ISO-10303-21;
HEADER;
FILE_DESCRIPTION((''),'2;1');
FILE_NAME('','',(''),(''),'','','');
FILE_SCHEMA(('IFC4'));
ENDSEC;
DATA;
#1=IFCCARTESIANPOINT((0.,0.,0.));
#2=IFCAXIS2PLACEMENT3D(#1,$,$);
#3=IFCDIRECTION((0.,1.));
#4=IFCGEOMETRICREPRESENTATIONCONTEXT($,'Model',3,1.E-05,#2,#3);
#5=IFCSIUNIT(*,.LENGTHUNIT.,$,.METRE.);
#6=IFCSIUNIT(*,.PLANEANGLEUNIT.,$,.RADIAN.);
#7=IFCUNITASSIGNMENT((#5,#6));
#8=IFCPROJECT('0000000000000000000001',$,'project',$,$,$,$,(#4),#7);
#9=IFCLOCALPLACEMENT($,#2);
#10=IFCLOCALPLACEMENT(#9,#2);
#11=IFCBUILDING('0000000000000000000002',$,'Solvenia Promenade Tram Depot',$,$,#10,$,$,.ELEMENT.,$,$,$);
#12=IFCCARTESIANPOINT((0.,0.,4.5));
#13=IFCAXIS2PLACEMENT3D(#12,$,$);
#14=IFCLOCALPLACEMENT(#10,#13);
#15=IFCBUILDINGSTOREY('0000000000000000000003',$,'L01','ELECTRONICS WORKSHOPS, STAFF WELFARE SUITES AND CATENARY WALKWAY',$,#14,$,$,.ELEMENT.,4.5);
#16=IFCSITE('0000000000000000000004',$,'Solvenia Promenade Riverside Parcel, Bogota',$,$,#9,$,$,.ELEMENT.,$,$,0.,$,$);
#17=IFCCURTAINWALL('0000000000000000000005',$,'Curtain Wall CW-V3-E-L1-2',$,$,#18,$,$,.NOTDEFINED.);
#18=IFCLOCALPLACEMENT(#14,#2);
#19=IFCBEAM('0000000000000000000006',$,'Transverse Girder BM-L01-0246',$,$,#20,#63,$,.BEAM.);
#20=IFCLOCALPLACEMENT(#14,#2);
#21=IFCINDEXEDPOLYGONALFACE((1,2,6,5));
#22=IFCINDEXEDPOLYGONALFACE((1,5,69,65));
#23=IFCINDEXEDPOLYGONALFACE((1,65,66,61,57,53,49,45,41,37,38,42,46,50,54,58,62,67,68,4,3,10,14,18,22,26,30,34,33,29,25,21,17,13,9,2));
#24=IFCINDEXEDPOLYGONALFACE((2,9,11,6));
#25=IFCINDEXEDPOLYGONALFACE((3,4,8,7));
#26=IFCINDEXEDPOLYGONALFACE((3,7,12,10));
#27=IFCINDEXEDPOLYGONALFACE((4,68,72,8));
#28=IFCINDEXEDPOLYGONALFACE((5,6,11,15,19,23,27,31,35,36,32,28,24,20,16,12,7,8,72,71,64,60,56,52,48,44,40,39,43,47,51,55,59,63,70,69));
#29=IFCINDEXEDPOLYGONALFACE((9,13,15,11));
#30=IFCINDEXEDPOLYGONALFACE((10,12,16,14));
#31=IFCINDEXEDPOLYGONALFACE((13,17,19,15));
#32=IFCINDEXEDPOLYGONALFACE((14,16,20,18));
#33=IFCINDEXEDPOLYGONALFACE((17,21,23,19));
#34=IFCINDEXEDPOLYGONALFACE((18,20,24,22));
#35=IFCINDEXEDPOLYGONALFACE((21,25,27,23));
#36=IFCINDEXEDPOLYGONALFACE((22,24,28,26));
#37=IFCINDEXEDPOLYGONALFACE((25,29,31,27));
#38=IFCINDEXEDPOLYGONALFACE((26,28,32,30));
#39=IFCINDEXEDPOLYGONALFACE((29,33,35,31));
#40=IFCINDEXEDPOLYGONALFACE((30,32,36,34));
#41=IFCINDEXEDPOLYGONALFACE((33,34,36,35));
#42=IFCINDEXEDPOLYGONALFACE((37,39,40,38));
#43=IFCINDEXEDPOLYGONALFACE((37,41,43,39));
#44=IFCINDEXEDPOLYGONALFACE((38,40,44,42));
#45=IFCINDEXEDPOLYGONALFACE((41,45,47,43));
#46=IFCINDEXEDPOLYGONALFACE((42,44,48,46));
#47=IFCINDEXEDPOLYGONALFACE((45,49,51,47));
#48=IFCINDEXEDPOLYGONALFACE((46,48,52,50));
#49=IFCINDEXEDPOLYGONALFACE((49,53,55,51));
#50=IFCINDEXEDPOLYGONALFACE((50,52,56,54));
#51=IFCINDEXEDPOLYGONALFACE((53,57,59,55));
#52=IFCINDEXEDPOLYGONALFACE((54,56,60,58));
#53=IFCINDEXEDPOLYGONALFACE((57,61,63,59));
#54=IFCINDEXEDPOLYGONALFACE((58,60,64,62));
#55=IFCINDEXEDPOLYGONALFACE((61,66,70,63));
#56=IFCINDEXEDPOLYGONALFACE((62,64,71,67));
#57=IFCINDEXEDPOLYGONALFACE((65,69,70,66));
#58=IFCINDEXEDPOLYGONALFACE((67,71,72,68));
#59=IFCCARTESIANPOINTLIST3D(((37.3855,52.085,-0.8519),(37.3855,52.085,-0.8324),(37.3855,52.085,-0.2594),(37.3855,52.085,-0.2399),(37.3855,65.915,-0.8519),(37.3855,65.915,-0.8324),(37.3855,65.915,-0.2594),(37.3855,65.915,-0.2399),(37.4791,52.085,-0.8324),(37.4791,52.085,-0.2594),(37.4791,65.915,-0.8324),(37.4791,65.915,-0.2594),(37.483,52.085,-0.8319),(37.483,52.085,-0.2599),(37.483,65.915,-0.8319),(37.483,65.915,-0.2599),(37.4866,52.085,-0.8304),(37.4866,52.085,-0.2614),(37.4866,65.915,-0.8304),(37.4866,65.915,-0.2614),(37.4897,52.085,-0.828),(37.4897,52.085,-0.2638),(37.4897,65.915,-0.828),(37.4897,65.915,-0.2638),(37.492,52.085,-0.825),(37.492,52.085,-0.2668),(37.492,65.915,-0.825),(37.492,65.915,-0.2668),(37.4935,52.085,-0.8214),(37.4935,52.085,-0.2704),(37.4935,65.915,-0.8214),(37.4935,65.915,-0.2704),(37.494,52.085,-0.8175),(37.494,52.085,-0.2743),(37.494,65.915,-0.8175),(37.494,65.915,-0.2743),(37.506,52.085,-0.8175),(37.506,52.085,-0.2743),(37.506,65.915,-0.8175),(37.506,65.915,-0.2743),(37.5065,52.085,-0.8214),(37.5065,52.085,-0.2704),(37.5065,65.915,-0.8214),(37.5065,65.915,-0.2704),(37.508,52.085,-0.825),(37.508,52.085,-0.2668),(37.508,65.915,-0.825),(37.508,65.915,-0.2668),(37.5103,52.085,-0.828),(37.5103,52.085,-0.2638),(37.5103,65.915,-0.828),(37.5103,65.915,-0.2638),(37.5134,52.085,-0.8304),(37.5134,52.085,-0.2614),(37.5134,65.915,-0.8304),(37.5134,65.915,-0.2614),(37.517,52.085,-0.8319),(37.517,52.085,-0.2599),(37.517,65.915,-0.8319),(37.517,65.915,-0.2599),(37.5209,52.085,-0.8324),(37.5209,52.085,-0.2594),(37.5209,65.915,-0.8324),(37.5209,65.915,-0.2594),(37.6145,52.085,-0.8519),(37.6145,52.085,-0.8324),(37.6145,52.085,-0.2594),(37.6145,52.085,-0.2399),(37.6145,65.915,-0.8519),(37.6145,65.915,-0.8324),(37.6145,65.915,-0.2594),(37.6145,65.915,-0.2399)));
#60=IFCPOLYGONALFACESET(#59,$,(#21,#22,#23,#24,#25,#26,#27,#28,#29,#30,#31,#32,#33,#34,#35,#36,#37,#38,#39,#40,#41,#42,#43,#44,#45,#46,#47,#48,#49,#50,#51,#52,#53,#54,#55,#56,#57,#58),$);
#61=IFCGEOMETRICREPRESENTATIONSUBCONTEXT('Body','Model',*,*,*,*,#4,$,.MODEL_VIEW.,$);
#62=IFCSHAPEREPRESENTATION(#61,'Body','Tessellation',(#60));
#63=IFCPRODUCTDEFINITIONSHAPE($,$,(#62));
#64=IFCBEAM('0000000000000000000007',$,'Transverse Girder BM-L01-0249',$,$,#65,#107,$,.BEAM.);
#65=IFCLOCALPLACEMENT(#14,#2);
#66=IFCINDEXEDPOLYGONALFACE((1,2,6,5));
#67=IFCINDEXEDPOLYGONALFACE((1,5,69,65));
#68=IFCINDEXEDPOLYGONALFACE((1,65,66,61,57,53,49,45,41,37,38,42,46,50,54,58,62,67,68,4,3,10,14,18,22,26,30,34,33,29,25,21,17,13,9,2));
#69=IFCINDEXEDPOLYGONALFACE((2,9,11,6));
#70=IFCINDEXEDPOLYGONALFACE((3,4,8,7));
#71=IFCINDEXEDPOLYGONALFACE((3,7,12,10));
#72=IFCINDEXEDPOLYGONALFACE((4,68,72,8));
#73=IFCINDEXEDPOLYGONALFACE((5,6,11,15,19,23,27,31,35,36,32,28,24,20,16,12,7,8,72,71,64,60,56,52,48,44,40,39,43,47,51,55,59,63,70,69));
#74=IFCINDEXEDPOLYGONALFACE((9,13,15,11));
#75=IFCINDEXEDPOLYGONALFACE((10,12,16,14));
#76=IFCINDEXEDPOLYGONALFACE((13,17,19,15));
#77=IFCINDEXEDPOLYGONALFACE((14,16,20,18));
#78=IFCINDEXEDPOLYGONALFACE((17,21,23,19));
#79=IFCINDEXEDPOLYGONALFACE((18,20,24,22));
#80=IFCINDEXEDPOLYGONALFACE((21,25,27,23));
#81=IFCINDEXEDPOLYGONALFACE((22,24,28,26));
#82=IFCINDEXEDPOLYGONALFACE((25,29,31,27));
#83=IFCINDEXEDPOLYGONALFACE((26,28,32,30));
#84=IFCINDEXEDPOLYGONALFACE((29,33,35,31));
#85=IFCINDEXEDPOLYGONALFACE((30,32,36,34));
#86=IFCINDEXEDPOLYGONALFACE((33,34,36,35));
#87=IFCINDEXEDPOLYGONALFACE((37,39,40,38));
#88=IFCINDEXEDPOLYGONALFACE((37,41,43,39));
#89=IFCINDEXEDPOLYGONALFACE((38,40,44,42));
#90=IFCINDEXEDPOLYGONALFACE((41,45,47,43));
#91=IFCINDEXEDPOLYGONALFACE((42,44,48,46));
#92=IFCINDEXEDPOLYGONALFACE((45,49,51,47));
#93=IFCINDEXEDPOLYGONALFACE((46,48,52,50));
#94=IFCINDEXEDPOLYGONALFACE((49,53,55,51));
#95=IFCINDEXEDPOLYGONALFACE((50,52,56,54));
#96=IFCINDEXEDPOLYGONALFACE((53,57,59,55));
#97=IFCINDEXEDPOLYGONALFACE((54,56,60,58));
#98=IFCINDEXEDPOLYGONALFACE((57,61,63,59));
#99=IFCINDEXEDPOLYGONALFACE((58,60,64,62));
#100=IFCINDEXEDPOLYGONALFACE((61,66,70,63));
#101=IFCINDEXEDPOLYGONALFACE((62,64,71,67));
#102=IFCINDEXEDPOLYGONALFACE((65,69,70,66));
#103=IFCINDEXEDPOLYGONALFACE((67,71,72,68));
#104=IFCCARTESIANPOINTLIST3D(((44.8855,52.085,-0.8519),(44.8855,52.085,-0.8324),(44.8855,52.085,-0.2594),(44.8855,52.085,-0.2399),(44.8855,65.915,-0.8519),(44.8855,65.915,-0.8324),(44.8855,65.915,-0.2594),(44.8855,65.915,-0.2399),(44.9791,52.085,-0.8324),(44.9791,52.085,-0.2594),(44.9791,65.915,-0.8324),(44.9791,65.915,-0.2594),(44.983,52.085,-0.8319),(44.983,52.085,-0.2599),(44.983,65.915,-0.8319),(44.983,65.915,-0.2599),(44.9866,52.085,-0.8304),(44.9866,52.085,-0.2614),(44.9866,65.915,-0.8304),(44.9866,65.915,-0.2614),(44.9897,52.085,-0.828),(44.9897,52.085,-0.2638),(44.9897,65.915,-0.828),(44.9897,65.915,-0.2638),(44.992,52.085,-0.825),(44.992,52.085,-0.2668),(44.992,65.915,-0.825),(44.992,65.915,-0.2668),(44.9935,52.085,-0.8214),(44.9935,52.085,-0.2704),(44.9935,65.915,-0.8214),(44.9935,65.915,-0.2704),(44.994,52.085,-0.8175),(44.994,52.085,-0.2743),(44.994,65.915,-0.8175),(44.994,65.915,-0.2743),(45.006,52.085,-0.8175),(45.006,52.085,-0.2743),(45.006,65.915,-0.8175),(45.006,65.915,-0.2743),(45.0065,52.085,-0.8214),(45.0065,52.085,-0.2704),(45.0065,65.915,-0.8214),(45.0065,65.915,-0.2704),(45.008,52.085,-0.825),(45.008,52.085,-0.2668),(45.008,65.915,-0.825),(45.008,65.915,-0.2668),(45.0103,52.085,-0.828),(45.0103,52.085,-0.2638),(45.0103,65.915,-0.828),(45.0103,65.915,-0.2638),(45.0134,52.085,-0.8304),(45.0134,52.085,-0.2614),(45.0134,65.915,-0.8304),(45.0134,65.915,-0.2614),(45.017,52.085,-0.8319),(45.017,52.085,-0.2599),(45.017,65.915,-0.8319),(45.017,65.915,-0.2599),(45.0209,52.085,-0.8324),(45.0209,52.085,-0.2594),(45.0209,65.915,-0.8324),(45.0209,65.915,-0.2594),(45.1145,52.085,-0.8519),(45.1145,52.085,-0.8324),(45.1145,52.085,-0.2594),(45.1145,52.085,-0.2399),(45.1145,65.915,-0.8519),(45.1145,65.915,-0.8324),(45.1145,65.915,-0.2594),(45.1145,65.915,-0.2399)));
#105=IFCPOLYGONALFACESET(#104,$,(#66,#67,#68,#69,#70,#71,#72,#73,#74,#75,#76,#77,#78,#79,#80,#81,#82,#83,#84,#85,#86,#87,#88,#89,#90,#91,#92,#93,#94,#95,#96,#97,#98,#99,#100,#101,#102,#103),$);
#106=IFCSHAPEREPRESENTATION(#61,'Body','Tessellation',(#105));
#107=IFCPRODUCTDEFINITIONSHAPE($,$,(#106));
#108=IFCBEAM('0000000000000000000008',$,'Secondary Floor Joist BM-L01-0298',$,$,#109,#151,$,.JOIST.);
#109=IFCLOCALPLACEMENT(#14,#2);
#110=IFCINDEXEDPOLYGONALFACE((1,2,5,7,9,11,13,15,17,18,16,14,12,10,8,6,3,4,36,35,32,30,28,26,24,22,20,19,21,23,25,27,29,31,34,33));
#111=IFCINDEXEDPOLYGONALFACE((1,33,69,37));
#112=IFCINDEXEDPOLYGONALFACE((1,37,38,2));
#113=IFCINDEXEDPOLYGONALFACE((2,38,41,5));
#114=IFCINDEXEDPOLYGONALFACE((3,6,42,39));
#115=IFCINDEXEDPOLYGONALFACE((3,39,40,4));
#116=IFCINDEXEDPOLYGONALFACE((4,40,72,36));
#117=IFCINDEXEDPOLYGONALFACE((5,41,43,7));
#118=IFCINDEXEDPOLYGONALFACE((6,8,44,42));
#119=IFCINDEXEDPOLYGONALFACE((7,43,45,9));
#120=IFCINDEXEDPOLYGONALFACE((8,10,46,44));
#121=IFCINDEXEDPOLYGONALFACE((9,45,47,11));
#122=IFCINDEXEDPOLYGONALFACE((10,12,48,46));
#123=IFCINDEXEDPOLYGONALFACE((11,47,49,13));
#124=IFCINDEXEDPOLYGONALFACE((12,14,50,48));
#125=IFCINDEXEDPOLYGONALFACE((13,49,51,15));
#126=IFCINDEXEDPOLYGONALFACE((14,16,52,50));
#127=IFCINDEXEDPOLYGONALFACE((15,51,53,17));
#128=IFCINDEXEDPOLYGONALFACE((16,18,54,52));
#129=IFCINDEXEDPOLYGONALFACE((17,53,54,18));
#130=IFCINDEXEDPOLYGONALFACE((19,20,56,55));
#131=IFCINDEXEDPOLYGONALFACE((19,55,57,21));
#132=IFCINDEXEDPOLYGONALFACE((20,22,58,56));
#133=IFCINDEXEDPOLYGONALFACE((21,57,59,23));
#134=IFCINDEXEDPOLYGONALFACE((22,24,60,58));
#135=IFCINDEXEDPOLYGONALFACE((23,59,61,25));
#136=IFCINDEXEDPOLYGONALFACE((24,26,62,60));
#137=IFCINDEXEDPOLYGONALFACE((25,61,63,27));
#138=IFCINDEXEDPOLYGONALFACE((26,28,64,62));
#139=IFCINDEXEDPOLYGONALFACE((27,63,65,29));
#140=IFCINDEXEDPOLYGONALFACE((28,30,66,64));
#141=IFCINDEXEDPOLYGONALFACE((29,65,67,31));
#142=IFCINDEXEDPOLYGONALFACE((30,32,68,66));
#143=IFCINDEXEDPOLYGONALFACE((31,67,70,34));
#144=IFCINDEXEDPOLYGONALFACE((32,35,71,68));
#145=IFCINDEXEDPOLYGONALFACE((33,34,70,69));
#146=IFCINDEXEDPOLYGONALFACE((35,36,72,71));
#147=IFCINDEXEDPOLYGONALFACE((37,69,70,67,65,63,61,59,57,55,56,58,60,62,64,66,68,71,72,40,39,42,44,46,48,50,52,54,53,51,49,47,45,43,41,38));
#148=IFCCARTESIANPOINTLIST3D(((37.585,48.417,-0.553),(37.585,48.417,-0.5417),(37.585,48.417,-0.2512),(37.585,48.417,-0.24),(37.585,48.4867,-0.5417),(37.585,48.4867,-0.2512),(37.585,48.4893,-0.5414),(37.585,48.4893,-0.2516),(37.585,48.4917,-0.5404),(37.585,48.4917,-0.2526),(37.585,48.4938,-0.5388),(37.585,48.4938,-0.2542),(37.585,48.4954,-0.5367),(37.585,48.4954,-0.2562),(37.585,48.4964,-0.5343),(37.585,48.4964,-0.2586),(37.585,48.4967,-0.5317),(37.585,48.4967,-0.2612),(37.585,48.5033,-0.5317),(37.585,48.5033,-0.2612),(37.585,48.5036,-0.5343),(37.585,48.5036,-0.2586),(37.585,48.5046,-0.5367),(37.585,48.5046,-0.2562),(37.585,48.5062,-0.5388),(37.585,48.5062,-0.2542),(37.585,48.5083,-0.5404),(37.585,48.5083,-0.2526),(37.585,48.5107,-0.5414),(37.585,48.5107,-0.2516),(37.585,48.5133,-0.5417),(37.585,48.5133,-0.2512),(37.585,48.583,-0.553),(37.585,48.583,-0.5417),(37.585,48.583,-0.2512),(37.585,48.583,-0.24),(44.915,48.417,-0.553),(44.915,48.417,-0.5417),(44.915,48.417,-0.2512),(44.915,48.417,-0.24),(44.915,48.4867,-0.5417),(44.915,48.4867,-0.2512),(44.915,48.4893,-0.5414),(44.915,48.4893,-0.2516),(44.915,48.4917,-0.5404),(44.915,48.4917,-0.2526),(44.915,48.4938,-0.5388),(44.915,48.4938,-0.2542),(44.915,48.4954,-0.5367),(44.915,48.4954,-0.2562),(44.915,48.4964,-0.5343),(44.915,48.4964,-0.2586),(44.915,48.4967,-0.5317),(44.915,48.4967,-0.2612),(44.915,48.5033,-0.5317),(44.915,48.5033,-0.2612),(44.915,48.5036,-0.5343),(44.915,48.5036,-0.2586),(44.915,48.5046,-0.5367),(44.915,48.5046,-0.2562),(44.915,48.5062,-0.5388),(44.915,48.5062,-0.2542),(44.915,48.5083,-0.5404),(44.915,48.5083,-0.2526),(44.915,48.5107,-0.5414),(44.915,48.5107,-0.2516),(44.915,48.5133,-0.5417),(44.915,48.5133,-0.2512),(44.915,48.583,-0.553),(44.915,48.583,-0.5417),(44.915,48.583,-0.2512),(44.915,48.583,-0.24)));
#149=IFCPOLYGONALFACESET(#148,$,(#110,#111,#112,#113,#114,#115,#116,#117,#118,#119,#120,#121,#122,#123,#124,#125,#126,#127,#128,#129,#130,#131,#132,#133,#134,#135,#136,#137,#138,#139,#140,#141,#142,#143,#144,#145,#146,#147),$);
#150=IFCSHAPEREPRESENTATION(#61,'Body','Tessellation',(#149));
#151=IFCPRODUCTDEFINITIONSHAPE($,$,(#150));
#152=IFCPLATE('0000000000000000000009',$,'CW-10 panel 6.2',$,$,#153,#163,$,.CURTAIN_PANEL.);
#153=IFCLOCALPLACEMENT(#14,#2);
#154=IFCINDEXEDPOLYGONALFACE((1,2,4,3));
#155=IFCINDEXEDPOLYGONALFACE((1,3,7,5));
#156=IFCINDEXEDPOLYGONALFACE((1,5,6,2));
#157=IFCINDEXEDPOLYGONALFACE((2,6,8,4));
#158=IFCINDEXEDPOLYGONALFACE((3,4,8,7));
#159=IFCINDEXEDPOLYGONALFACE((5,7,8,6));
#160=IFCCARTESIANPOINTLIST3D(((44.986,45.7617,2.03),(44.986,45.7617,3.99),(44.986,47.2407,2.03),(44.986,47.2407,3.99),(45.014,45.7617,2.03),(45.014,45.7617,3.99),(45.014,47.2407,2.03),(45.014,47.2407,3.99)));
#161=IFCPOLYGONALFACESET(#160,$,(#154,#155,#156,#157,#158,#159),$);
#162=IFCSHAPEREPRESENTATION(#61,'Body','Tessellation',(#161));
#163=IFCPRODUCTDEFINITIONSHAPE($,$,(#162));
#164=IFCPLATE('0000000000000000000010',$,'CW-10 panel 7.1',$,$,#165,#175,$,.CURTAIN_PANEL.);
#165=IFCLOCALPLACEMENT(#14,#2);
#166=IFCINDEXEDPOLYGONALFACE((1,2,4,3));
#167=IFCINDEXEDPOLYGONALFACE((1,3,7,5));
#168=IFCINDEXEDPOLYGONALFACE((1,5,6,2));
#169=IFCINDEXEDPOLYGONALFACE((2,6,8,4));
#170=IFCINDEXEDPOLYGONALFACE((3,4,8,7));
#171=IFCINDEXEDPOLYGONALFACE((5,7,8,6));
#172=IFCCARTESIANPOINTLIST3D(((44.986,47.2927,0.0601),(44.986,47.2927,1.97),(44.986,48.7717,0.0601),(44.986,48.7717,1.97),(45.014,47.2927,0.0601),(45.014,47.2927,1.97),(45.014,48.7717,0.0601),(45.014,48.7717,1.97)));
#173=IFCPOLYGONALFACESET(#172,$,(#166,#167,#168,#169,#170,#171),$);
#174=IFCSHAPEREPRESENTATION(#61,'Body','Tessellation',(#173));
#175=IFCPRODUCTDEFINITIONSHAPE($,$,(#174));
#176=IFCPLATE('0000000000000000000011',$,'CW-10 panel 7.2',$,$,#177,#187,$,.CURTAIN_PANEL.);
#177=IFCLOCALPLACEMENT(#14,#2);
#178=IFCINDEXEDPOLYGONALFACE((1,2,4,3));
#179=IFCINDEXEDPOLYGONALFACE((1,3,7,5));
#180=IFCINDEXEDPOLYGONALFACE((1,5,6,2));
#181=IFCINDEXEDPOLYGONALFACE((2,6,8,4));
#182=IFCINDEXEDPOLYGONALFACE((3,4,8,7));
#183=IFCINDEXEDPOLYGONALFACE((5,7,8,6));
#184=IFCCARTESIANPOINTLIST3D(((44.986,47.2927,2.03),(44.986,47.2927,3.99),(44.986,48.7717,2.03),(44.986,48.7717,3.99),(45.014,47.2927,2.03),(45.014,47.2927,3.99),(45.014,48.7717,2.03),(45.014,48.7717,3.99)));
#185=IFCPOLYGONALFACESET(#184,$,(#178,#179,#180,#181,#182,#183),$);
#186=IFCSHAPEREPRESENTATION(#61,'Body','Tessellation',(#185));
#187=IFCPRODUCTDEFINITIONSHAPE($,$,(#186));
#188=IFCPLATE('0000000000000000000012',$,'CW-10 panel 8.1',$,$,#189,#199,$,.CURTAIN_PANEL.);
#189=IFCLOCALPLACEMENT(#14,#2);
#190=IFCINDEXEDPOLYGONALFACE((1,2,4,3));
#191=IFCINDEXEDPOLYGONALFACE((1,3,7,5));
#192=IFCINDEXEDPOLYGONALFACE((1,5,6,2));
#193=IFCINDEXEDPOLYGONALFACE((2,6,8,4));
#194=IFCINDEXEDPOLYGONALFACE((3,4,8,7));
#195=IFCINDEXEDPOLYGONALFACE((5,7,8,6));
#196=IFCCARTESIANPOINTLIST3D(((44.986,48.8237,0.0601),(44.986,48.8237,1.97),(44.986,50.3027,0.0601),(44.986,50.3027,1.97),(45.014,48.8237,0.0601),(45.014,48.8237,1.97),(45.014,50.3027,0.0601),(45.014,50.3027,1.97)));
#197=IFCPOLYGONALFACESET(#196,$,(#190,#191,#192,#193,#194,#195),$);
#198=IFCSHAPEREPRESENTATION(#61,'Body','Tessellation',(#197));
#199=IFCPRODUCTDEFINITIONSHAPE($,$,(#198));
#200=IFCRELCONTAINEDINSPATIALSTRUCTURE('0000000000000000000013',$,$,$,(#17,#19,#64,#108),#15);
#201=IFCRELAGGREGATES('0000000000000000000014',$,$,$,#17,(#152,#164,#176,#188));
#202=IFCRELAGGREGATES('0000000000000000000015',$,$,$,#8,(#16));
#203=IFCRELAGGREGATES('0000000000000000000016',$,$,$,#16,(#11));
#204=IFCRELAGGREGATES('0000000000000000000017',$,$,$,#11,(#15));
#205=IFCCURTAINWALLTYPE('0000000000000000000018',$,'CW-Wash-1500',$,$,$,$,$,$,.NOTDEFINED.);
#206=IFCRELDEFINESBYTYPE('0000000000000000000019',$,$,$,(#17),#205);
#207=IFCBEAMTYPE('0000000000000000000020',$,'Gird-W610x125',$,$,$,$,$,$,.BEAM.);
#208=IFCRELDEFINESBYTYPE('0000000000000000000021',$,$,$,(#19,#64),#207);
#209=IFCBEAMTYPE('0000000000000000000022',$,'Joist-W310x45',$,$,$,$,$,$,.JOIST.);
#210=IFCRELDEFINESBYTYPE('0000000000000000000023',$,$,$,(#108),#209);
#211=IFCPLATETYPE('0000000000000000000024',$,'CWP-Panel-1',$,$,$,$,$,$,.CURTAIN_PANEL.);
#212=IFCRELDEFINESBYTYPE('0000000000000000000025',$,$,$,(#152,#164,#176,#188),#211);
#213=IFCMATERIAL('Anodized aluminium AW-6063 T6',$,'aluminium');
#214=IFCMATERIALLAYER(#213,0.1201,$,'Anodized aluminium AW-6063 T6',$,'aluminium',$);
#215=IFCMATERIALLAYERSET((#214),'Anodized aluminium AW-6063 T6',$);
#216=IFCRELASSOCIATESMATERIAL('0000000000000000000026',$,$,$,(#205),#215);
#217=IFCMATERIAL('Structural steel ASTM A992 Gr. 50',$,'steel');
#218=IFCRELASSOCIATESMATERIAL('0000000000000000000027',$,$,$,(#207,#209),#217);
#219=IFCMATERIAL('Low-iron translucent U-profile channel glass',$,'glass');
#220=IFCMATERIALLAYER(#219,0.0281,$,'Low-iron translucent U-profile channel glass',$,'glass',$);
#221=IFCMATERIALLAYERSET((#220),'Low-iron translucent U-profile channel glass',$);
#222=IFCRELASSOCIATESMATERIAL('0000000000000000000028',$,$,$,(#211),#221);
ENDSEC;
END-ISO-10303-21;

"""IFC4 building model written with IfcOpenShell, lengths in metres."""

from ifc_helpers import new_model, si_unit, direction, frame, origin, origin_2d, place, context, subcontext, project, spatial, rectangle, i_section, extrude, material, layer, layer_set, material_profile, profile_set, type_object, element, aggregate, save


model = new_model("IFC4")

# Units and contexts
model_context = context("Model", 3, precision=1e-05, world=origin(), true_north=direction((0.0, 1.0)))
body_context = subcontext(model_context, "Body", "Model", "MODEL_VIEW")
ifc_project = project(units=[si_unit("LENGTHUNIT", "METRE"), si_unit("PLANEANGLEUNIT", "RADIAN")], contexts=[model_context])

# Site, building, storey
site_placement = place(None, origin())
site = spatial("IfcSite", under=ifc_project, at=site_placement, Name="Solvenia Promenade Riverside Parcel, Bogota", CompositionType="ELEMENT", RefElevation=0.0)
building_placement = place(site_placement, origin())
building = spatial("IfcBuilding", under=site, at=building_placement, Name="Solvenia Promenade Tram Depot", CompositionType="ELEMENT")
storey_placement = place(building_placement, frame((0.0, 0.0, 4.5)))
storey = spatial("IfcBuildingStorey", under=building, at=storey_placement, Name="L01", Description="ELECTRONICS WORKSHOPS, STAFF WELFARE SUITES AND CATENARY WALKWAY", CompositionType="ELEMENT", Elevation=4.5)

# Shared definitions
ifc_material_1 = material(Name="Structural steel ASTM A992 Gr. 50", Category="steel")

# Curtain wall
ifc_material_2 = material(Name="Anodized aluminium AW-6063 T6", Category="aluminium")
ifc_layer_1 = layer(ifc_material_2, 0.1201, Name="Anodized aluminium AW-6063 T6", Category="aluminium")
ifc_layer_set_1 = layer_set([ifc_layer_1], Name="Anodized aluminium AW-6063 T6")
curtain_wall_type = type_object("IfcCurtainWallType", Name="CW-Wash-1500", PredefinedType="NOTDEFINED", material=ifc_layer_set_1)
curtain_wall_placement = place(storey_placement, origin())
curtain_wall = element("IfcCurtainWall", 1, at=curtain_wall_placement, inside=storey, type_object=curtain_wall_type, Name="Curtain Wall CW-V3-E-L1-2", PredefinedType="NOTDEFINED")

# Beams
ifc_material_profile_1 = material_profile(ifc_material_1, i_section(OverallWidth=0.229, OverallDepth=0.6121, WebThickness=0.012, FlangeThickness=0.0195, FilletRadius=0.0149, at=origin_2d()), Name="W610x125", Category="steel")
ifc_profile_set_1 = profile_set([ifc_material_profile_1], Name="Structural steel ASTM A992 Gr. 50")
beam_type_1 = type_object("IfcBeamType", Name="Gird-W610x125", PredefinedType="BEAM", material=ifc_profile_set_1)
for number, where, z_axis, x_axis, name in (
    (2, (37.5, 52.085, -0.5459), (0.0, 1.0, 0.0), (-1.0, 0.0, 0.0), "Transverse Girder BM-L01-0246"),
    (3, (45.0, 52.085, -0.5459), (0.0, 1.0, 0.0), (-1.0, 0.0, 0.0), "Transverse Girder BM-L01-0249"),
):
    element("IfcBeam", number, at=place(storey_placement, frame(where, z_axis=z_axis, x_axis=x_axis)), inside=storey, type_object=beam_type_1, Name=name, PredefinedType="BEAM", context=body_context, shape_type="SweptSolid", body=[
        extrude(i_section(OverallWidth=0.229, OverallDepth=0.6121, WebThickness=0.012, FlangeThickness=0.0195, FilletRadius=0.0149, at=origin_2d()), origin(), (0.0, 0.0, 1.0), 13.8301),
    ])
ifc_material_profile_2 = material_profile(ifc_material_1, i_section(OverallWidth=0.166, OverallDepth=0.313, WebThickness=0.0066, FlangeThickness=0.0112, FilletRadius=0.01, at=origin_2d()), Name="W310x45", Category="steel")
ifc_profile_set_2 = profile_set([ifc_material_profile_2], Name="Structural steel ASTM A992 Gr. 50")
beam_type_2 = type_object("IfcBeamType", Name="Joist-W310x45", PredefinedType="JOIST", material=ifc_profile_set_2)
beam_1_placement = place(storey_placement, frame((37.585, 48.5, -0.3965), z_axis=(1.0, 0.0, 0.0), x_axis=(0.0, 1.0, 0.0)))
element("IfcBeam", 4, at=beam_1_placement, inside=storey, type_object=beam_type_2, Name="Secondary Floor Joist BM-L01-0298", PredefinedType="JOIST", context=body_context, shape_type="SweptSolid", body=[
    extrude(i_section(OverallWidth=0.166, OverallDepth=0.313, WebThickness=0.0066, FlangeThickness=0.0112, FilletRadius=0.01, at=origin_2d()), origin(), (0.0, 0.0, 1.0), 7.3301),
])

# Plates
ifc_material_3 = material(Name="Low-iron translucent U-profile channel glass", Category="glass")
ifc_layer_2 = layer(ifc_material_3, 0.0281, Name="Low-iron translucent U-profile channel glass", Category="glass")
ifc_layer_set_2 = layer_set([ifc_layer_2], Name="Low-iron translucent U-profile channel glass")
plate_type = type_object("IfcPlateType", Name="CWP-Panel-1", PredefinedType="CURTAIN_PANEL", material=ifc_layer_set_2)
plate_1_placement = place(storey_placement, frame((45.0, 46.5012, 2.03), z_axis=(0.0, 0.0, 1.0), x_axis=(0.0, 1.0, 0.0)))
plate_1 = element("IfcPlate", 5, at=plate_1_placement, type_object=plate_type, Name="CW-10 panel 6.2", PredefinedType="CURTAIN_PANEL", context=body_context, shape_type="SweptSolid", body=[
    extrude(rectangle(XDim=1.479, YDim=0.0281, at=origin_2d()), origin(), (0.0, 0.0, 1.0), 1.96),
])
plate_2_placement = place(storey_placement, frame((45.0, 48.0322, 0.0601), z_axis=(0.0, 0.0, 1.0), x_axis=(0.0, 1.0, 0.0)))
plate_2 = element("IfcPlate", 6, at=plate_2_placement, type_object=plate_type, Name="CW-10 panel 7.1", PredefinedType="CURTAIN_PANEL", context=body_context, shape_type="SweptSolid", body=[
    extrude(rectangle(XDim=1.479, YDim=0.0281, at=origin_2d()), origin(), (0.0, 0.0, 1.0), 1.9099),
])
plate_3_placement = place(storey_placement, frame((45.0, 48.0322, 2.03), z_axis=(0.0, 0.0, 1.0), x_axis=(0.0, 1.0, 0.0)))
plate_3 = element("IfcPlate", 7, at=plate_3_placement, type_object=plate_type, Name="CW-10 panel 7.2", PredefinedType="CURTAIN_PANEL", context=body_context, shape_type="SweptSolid", body=[
    extrude(rectangle(XDim=1.479, YDim=0.0281, at=origin_2d()), origin(), (0.0, 0.0, 1.0), 1.96),
])
plate_4_placement = place(storey_placement, frame((45.0, 49.5632, 0.0601), z_axis=(0.0, 0.0, 1.0), x_axis=(0.0, 1.0, 0.0)))
plate_4 = element("IfcPlate", 8, at=plate_4_placement, type_object=plate_type, Name="CW-10 panel 8.1", PredefinedType="CURTAIN_PANEL", context=body_context, shape_type="SweptSolid", body=[
    extrude(rectangle(XDim=1.479, YDim=0.0281, at=origin_2d()), origin(), (0.0, 0.0, 1.0), 1.9099),
])
aggregate(curtain_wall, [plate_1, plate_2, plate_3, plate_4])

save(model, "model.ifc")
